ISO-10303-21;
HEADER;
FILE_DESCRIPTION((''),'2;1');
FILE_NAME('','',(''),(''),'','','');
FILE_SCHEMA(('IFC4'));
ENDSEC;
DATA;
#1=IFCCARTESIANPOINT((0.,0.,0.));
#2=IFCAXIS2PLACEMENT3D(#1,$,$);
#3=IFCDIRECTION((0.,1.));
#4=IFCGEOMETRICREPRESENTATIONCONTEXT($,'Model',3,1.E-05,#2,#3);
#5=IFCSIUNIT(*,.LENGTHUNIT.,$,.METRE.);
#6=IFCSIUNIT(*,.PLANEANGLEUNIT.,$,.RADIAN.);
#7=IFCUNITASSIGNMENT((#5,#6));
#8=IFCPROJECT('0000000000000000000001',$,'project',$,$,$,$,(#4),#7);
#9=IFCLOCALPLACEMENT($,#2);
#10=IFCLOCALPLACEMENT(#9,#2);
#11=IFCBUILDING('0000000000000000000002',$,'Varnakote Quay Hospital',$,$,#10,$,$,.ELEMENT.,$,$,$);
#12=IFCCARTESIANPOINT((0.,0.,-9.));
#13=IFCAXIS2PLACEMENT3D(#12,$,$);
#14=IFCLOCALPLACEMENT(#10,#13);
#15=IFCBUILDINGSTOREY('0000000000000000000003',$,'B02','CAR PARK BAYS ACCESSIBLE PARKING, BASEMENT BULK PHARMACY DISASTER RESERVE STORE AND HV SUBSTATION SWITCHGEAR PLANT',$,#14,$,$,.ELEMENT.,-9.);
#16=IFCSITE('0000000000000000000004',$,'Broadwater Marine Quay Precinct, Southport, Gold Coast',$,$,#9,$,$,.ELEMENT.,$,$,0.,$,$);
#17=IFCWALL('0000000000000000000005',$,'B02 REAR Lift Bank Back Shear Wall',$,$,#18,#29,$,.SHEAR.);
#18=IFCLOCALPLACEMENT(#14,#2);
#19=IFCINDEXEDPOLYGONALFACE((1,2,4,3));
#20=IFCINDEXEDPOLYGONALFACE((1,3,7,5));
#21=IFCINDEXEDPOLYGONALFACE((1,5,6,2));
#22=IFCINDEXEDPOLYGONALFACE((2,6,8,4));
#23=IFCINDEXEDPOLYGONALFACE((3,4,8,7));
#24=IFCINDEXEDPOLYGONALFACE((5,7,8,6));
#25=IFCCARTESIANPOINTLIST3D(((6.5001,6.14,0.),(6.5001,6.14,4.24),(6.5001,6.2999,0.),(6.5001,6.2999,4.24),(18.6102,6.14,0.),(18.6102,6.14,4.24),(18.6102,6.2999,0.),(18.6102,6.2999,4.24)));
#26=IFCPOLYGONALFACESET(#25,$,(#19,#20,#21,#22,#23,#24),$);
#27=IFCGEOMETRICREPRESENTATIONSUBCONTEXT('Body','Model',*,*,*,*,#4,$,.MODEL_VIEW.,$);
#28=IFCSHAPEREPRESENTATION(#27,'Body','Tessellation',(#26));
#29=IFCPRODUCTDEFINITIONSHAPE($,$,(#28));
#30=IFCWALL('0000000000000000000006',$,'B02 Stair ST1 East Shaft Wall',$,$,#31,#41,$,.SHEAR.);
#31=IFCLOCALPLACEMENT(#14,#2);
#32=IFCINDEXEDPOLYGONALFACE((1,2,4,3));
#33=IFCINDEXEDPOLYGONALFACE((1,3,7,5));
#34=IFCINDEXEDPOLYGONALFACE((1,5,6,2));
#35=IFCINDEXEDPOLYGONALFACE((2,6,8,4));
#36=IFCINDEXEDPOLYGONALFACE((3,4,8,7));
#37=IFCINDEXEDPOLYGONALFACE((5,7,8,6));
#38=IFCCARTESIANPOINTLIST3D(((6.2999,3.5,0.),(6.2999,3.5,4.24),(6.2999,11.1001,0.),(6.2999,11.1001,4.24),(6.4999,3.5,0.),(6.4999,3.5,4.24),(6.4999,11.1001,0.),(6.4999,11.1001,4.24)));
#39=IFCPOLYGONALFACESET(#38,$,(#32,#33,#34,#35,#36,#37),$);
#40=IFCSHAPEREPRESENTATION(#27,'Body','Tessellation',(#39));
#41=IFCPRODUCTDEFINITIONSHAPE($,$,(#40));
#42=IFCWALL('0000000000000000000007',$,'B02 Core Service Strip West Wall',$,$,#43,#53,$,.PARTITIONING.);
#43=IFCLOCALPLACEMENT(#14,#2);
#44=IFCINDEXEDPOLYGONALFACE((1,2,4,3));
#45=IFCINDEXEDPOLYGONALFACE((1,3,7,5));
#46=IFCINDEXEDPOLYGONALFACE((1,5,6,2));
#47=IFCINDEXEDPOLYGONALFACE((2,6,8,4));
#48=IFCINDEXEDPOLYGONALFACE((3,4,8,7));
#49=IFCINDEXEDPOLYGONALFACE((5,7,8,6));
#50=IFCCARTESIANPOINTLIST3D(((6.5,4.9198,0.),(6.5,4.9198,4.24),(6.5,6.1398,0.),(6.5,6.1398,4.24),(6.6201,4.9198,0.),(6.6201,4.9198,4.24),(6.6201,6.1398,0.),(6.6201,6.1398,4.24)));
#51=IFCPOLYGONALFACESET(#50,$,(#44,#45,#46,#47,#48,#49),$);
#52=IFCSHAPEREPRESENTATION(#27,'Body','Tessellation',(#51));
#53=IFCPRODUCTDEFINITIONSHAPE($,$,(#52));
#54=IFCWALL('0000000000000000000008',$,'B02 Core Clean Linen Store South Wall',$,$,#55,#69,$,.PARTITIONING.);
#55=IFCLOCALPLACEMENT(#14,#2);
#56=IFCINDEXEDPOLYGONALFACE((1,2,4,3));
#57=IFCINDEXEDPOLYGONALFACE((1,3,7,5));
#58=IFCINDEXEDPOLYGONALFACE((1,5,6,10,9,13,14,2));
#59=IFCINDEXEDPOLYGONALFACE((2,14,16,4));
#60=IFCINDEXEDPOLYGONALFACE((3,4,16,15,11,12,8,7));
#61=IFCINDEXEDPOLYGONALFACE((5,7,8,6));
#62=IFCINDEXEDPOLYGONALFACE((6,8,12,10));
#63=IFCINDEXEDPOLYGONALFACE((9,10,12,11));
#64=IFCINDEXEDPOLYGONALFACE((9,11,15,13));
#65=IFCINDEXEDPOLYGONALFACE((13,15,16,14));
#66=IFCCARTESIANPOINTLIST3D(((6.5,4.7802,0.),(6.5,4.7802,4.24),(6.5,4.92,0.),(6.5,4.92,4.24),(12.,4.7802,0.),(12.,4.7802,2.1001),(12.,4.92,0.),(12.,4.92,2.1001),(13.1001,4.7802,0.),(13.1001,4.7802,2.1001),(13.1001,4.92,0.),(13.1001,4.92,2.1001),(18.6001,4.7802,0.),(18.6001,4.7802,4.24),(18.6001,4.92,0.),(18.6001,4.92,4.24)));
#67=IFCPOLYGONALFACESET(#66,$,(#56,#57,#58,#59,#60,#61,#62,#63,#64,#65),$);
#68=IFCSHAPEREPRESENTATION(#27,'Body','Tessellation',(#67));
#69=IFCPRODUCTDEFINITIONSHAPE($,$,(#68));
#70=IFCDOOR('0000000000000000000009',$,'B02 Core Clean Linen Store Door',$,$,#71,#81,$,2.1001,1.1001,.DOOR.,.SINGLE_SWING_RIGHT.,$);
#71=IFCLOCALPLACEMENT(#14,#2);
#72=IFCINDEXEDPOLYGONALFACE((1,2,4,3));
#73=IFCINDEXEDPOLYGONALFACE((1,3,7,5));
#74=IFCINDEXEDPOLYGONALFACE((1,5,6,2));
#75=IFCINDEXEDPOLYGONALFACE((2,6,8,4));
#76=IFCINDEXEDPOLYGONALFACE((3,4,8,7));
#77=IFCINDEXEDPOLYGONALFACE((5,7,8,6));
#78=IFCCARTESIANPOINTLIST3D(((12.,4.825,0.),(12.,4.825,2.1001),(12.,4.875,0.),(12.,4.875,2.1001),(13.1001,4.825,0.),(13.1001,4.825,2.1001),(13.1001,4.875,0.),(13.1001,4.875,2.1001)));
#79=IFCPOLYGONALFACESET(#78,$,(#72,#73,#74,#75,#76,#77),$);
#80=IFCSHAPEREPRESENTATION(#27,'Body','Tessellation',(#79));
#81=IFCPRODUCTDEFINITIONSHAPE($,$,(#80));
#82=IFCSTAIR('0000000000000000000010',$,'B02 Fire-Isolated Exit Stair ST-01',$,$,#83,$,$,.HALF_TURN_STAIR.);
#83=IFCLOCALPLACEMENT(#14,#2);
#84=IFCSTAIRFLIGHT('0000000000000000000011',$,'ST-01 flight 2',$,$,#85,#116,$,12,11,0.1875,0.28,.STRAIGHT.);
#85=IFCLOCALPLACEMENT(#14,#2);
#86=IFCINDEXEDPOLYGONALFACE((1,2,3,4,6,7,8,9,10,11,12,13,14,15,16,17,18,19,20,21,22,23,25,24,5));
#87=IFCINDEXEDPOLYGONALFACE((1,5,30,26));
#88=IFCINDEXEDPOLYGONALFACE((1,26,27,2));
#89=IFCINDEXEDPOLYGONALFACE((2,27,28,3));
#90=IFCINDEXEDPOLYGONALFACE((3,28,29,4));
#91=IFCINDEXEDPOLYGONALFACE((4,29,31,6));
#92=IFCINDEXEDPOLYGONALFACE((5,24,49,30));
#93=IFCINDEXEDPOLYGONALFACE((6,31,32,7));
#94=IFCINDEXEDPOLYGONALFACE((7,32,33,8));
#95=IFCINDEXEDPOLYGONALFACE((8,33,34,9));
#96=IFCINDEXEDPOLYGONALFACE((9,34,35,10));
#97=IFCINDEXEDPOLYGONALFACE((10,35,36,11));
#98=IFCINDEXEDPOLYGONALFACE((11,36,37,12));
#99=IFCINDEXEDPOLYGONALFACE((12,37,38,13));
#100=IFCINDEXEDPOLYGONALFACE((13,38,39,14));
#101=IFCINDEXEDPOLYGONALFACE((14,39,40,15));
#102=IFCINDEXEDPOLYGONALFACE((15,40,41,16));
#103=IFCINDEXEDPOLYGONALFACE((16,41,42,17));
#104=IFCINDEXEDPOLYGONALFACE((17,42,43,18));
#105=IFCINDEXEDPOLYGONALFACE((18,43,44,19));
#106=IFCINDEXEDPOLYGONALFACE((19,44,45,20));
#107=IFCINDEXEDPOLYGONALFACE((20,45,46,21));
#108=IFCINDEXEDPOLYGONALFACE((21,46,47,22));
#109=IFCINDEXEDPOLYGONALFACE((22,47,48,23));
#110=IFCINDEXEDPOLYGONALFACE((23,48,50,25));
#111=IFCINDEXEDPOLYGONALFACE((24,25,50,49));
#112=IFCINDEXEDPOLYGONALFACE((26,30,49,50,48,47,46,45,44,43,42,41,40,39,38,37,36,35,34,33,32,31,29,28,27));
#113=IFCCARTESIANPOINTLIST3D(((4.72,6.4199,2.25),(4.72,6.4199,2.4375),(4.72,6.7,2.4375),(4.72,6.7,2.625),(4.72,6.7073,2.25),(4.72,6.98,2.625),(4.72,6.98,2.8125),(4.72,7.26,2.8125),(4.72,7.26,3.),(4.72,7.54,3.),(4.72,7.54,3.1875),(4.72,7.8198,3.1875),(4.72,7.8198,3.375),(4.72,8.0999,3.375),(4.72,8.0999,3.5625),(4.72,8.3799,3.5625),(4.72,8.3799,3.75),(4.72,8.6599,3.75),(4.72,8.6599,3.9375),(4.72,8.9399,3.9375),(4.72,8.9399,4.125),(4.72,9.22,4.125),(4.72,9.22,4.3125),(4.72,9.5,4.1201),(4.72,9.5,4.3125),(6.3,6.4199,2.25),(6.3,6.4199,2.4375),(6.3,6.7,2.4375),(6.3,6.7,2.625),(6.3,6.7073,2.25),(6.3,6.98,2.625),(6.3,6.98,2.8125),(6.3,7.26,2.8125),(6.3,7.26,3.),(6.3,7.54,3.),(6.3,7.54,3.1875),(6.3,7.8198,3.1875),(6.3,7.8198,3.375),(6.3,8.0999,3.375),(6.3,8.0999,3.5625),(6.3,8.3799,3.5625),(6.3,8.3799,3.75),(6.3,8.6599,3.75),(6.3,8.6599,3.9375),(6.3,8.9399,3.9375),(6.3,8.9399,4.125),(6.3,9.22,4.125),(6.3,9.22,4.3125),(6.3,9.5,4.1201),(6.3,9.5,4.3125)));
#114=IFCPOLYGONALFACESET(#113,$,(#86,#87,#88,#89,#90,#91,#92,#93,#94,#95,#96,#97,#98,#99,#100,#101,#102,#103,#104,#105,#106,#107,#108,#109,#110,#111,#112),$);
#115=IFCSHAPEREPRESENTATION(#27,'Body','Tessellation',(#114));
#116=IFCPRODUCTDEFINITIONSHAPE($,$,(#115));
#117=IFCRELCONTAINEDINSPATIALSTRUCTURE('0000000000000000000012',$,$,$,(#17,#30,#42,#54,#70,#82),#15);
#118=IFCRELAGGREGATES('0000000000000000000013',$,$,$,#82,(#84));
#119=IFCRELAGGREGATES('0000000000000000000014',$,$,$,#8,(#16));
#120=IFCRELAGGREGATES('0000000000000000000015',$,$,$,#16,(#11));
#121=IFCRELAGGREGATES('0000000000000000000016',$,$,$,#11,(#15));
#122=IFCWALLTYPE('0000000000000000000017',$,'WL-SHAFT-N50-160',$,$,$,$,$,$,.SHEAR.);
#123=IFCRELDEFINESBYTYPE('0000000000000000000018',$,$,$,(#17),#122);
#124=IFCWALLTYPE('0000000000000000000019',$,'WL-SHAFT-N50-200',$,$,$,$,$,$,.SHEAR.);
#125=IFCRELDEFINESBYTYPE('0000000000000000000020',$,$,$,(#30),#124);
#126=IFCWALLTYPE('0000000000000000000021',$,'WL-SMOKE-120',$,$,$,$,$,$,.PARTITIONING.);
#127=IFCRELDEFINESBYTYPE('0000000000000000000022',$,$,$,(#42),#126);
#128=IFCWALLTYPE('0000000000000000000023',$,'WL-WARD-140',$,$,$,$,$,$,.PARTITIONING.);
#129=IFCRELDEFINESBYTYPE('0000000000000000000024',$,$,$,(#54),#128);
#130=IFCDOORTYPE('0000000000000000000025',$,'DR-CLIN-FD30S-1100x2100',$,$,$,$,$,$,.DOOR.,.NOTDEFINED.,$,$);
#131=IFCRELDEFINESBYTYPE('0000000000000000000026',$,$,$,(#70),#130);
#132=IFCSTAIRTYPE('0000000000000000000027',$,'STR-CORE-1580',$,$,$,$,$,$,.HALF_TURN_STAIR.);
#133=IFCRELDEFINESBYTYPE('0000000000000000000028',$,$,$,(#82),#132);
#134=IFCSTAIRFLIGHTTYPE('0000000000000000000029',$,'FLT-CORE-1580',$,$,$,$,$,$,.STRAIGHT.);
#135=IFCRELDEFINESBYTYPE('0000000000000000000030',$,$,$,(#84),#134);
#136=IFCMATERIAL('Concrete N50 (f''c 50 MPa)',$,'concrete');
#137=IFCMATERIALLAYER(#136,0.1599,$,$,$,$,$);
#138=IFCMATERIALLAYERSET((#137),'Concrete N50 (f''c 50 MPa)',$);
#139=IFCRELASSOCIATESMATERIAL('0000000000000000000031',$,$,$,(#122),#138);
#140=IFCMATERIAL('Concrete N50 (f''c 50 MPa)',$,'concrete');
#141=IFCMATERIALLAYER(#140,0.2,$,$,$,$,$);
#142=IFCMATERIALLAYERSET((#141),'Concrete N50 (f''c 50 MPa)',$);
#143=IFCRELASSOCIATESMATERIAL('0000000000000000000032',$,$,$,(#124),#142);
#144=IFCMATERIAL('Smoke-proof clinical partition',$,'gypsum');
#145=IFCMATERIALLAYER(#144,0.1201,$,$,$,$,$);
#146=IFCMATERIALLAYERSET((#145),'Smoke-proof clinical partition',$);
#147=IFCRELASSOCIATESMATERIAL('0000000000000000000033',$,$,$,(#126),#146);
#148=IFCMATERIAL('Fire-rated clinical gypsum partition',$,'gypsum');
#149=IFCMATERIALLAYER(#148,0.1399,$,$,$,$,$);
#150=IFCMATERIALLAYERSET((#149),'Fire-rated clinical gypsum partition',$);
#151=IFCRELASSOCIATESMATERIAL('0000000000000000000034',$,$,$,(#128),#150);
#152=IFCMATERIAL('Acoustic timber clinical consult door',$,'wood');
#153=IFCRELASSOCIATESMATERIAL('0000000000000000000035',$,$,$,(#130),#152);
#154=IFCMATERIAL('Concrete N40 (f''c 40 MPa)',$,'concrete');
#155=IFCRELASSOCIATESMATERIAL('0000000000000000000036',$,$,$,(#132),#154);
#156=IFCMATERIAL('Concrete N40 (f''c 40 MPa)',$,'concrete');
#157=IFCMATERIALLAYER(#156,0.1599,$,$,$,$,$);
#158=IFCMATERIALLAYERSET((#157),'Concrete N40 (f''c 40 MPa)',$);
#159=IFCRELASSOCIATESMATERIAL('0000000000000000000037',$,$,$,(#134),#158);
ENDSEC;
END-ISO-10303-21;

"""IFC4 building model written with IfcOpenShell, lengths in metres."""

from ifc_helpers import new_model, si_unit, direction, frame, frame_2d, origin, place, context, subcontext, project, spatial, polyline, rectangle, outline, extrude, material, layer, layer_set, type_object, element, fill, aggregate, save


model = new_model("IFC4")

# Units and contexts
model_context = context("Model", 3, precision=1e-05, world=origin(), true_north=direction((0.0, 1.0)))
body_context = subcontext(model_context, "Body", "Model", "MODEL_VIEW")
ifc_project = project(units=[si_unit("LENGTHUNIT", "METRE"), si_unit("PLANEANGLEUNIT", "RADIAN")], contexts=[model_context])

# Site, building, storey
site_placement = place(None, origin())
site = spatial("IfcSite", under=ifc_project, at=site_placement, Name="Broadwater Marine Quay Precinct, Southport, Gold Coast", CompositionType="ELEMENT", RefElevation=0.0)
building_placement = place(site_placement, origin())
building = spatial("IfcBuilding", under=site, at=building_placement, Name="Varnakote Quay Hospital", CompositionType="ELEMENT")
storey_placement = place(building_placement, frame((0.0, 0.0, -9.0)))
storey = spatial("IfcBuildingStorey", under=building, at=storey_placement, Name="B02", Description="CAR PARK BAYS ACCESSIBLE PARKING, BASEMENT BULK PHARMACY DISASTER RESERVE STORE AND HV SUBSTATION SWITCHGEAR PLANT", CompositionType="ELEMENT", Elevation=-9.0)

# Wall
ifc_material_1 = material(Name="Concrete N50 (f'c 50 MPa)", Category="concrete")
ifc_layer_1 = layer(ifc_material_1, 0.1599)
ifc_layer_set_1 = layer_set([ifc_layer_1], Name="Concrete N50 (f'c 50 MPa)")
wall_type_1 = type_object("IfcWallType", Name="WL-SHAFT-N50-160", PredefinedType="SHEAR", material=ifc_layer_set_1)
wall_1_placement = place(storey_placement, frame((6.5, 6.22, 0.0), z_axis=(0.0, 0.0, 1.0), x_axis=(1.0, 0.0, 0.0)))
element("IfcWall", 1, at=wall_1_placement, inside=storey, type_object=wall_type_1, Name="B02 REAR Lift Bank Back Shear Wall", PredefinedType="SHEAR", context=body_context, shape_type="SweptSolid", body=[
    extrude(rectangle(XDim=12.1101, YDim=0.1599, at=frame_2d((6.0552, 0.0))), origin(), (0.0, 0.0, 1.0), 4.24),
])

# Walls
ifc_material_2 = material(Name="Concrete N50 (f'c 50 MPa)", Category="concrete")
ifc_layer_2 = layer(ifc_material_2, 0.2)
ifc_layer_set_2 = layer_set([ifc_layer_2], Name="Concrete N50 (f'c 50 MPa)")
wall_type_2 = type_object("IfcWallType", Name="WL-SHAFT-N50-200", PredefinedType="SHEAR", material=ifc_layer_set_2)
wall_2_placement = place(storey_placement, frame((6.3999, 3.5, 0.0), z_axis=(0.0, 0.0, 1.0), x_axis=(0.0, 1.0, 0.0)))
element("IfcWall", 2, at=wall_2_placement, inside=storey, type_object=wall_type_2, Name="B02 Stair ST1 East Shaft Wall", PredefinedType="SHEAR", context=body_context, shape_type="SweptSolid", body=[
    extrude(rectangle(XDim=7.6001, YDim=0.2, at=frame_2d((3.8, 0.0))), origin(), (0.0, 0.0, 1.0), 4.24),
])
ifc_material_3 = material(Name="Smoke-proof clinical partition", Category="gypsum")
ifc_layer_3 = layer(ifc_material_3, 0.1201)
ifc_layer_set_3 = layer_set([ifc_layer_3], Name="Smoke-proof clinical partition")
wall_type_3 = type_object("IfcWallType", Name="WL-SMOKE-120", PredefinedType="PARTITIONING", material=ifc_layer_set_3)
wall_3_placement = place(storey_placement, frame((6.5601, 4.9199, 0.0), z_axis=(0.0, 0.0, 1.0), x_axis=(0.0, 1.0, 0.0)))
element("IfcWall", 3, at=wall_3_placement, inside=storey, type_object=wall_type_3, Name="B02 Core Service Strip West Wall", PredefinedType="PARTITIONING", context=body_context, shape_type="SweptSolid", body=[
    extrude(rectangle(XDim=1.22, YDim=0.1201, at=frame_2d((0.6099, 0.0))), origin(), (0.0, 0.0, 1.0), 4.24),
])

# Wall, opening, door
ifc_material_4 = material(Name="Fire-rated clinical gypsum partition", Category="gypsum")
ifc_layer_4 = layer(ifc_material_4, 0.1399)
ifc_layer_set_4 = layer_set([ifc_layer_4], Name="Fire-rated clinical gypsum partition")
wall_type_4 = type_object("IfcWallType", Name="WL-WARD-140", PredefinedType="PARTITIONING", material=ifc_layer_set_4)
wall_4_placement = place(storey_placement, frame((6.5, 4.8501, 0.0), z_axis=(0.0, 0.0, 1.0), x_axis=(1.0, 0.0, 0.0)))
wall_4 = element("IfcWall", 4, at=wall_4_placement, inside=storey, type_object=wall_type_4, Name="B02 Core Clean Linen Store South Wall", PredefinedType="PARTITIONING", context=body_context, shape_type="SweptSolid", body=[
    extrude(rectangle(XDim=12.1001, YDim=0.1399, at=frame_2d((6.05, 0.0))), origin(), (0.0, 0.0, 1.0), 4.24),
])
opening_1_placement = place(wall_4_placement, frame((5.5, 0.0, 0.0)))
opening_1 = element("IfcOpeningElement", 5, at=opening_1_placement, cuts=wall_4, PredefinedType="OPENING", context=body_context, shape_type="SweptSolid", body=[
    extrude(rectangle(XDim=1.1001, YDim=2.1001, at=frame_2d((0.55, 1.05))), frame((0.0, 0.0798, 0.0), z_axis=(0.0, -1.0, 0.0), x_axis=(1.0, 0.0, 0.0)), (0.0, 0.0, 1.0), 0.1599),
])
ifc_material_5 = material(Name="Acoustic timber clinical consult door", Category="wood")
door_type_1 = type_object("IfcDoorType", Name="DR-CLIN-FD30S-1100x2100", OperationType="NOTDEFINED", PredefinedType="DOOR", material=ifc_material_5)
door_1_placement = place(opening_1_placement, origin())
door_1 = element("IfcDoor", 6, at=door_1_placement, inside=storey, type_object=door_type_1, Name="B02 Core Clean Linen Store Door", OperationType="SINGLE_SWING_RIGHT", OverallHeight=2.1001, OverallWidth=1.1001, PredefinedType="DOOR", context=body_context, shape_type="SweptSolid", body=[
    extrude(rectangle(XDim=1.1001, YDim=2.1001, at=frame_2d((0.55, 1.05))), frame((0.0, 0.0249, 0.0), z_axis=(0.0, -1.0, 0.0), x_axis=(1.0, 0.0, 0.0)), (0.0, 0.0, 1.0), 0.05),
])
fill(opening_1, door_1)

# Stair, stair flight
ifc_material_6 = material(Name="Concrete N40 (f'c 40 MPa)", Category="concrete")
stair_type = type_object("IfcStairType", Name="STR-CORE-1580", PredefinedType="HALF_TURN_STAIR", material=ifc_material_6)
stair_placement = place(storey_placement, origin())
stair = element("IfcStair", 7, at=stair_placement, inside=storey, type_object=stair_type, Name="B02 Fire-Isolated Exit Stair ST-01", PredefinedType="HALF_TURN_STAIR")
ifc_material_7 = material(Name="Concrete N40 (f'c 40 MPa)", Category="concrete")
ifc_layer_5 = layer(ifc_material_7, 0.1599)
ifc_layer_set_5 = layer_set([ifc_layer_5], Name="Concrete N40 (f'c 40 MPa)")
stair_flight_type = type_object("IfcStairFlightType", Name="FLT-CORE-1580", PredefinedType="STRAIGHT", material=ifc_layer_set_5)
stair_flight_placement = place(storey_placement, frame((5.51, 6.4199, 2.25), z_axis=(0.0, 0.0, 1.0), x_axis=(0.0, 1.0, 0.0)))
stair_flight = element("IfcStairFlight", 8, at=stair_flight_placement, type_object=stair_flight_type, Name="ST-01 flight 2", NumberOfRisers=12, NumberOfTreads=11, PredefinedType="STRAIGHT", RiserHeight=0.1875, TreadLength=0.28, context=body_context, shape_type="SweptSolid", body=[
    extrude(outline(polyline([(0.0, 0.0), (0.0, 0.1875), (0.28, 0.1875), (0.28, 0.375), (0.5601, 0.375), (0.5601, 0.5625), (0.8401, 0.5625), (0.8401, 0.75), (1.1201, 0.75), (1.1201, 0.9375), (1.3999, 0.9375), (1.3999, 1.125), (1.6799, 1.125), (1.6799, 1.3125), (1.96, 1.3125), (1.96, 1.5), (2.24, 1.5), (2.24, 1.6875), (2.52, 1.6875), (2.52, 1.875), (2.8, 1.875), (2.8, 2.0625), (3.0801, 2.0625), (3.0801, 2.25), (3.0801, 1.8701), (0.2874, 0.0), (0.0, 0.0)])), frame((0.0, 0.79, 0.0), z_axis=(0.0, -1.0, 0.0), x_axis=(1.0, 0.0, 0.0)), (0.0, 0.0, 1.0), 1.5801),
])
aggregate(stair, [stair_flight])

save(model, "model.ifc")
